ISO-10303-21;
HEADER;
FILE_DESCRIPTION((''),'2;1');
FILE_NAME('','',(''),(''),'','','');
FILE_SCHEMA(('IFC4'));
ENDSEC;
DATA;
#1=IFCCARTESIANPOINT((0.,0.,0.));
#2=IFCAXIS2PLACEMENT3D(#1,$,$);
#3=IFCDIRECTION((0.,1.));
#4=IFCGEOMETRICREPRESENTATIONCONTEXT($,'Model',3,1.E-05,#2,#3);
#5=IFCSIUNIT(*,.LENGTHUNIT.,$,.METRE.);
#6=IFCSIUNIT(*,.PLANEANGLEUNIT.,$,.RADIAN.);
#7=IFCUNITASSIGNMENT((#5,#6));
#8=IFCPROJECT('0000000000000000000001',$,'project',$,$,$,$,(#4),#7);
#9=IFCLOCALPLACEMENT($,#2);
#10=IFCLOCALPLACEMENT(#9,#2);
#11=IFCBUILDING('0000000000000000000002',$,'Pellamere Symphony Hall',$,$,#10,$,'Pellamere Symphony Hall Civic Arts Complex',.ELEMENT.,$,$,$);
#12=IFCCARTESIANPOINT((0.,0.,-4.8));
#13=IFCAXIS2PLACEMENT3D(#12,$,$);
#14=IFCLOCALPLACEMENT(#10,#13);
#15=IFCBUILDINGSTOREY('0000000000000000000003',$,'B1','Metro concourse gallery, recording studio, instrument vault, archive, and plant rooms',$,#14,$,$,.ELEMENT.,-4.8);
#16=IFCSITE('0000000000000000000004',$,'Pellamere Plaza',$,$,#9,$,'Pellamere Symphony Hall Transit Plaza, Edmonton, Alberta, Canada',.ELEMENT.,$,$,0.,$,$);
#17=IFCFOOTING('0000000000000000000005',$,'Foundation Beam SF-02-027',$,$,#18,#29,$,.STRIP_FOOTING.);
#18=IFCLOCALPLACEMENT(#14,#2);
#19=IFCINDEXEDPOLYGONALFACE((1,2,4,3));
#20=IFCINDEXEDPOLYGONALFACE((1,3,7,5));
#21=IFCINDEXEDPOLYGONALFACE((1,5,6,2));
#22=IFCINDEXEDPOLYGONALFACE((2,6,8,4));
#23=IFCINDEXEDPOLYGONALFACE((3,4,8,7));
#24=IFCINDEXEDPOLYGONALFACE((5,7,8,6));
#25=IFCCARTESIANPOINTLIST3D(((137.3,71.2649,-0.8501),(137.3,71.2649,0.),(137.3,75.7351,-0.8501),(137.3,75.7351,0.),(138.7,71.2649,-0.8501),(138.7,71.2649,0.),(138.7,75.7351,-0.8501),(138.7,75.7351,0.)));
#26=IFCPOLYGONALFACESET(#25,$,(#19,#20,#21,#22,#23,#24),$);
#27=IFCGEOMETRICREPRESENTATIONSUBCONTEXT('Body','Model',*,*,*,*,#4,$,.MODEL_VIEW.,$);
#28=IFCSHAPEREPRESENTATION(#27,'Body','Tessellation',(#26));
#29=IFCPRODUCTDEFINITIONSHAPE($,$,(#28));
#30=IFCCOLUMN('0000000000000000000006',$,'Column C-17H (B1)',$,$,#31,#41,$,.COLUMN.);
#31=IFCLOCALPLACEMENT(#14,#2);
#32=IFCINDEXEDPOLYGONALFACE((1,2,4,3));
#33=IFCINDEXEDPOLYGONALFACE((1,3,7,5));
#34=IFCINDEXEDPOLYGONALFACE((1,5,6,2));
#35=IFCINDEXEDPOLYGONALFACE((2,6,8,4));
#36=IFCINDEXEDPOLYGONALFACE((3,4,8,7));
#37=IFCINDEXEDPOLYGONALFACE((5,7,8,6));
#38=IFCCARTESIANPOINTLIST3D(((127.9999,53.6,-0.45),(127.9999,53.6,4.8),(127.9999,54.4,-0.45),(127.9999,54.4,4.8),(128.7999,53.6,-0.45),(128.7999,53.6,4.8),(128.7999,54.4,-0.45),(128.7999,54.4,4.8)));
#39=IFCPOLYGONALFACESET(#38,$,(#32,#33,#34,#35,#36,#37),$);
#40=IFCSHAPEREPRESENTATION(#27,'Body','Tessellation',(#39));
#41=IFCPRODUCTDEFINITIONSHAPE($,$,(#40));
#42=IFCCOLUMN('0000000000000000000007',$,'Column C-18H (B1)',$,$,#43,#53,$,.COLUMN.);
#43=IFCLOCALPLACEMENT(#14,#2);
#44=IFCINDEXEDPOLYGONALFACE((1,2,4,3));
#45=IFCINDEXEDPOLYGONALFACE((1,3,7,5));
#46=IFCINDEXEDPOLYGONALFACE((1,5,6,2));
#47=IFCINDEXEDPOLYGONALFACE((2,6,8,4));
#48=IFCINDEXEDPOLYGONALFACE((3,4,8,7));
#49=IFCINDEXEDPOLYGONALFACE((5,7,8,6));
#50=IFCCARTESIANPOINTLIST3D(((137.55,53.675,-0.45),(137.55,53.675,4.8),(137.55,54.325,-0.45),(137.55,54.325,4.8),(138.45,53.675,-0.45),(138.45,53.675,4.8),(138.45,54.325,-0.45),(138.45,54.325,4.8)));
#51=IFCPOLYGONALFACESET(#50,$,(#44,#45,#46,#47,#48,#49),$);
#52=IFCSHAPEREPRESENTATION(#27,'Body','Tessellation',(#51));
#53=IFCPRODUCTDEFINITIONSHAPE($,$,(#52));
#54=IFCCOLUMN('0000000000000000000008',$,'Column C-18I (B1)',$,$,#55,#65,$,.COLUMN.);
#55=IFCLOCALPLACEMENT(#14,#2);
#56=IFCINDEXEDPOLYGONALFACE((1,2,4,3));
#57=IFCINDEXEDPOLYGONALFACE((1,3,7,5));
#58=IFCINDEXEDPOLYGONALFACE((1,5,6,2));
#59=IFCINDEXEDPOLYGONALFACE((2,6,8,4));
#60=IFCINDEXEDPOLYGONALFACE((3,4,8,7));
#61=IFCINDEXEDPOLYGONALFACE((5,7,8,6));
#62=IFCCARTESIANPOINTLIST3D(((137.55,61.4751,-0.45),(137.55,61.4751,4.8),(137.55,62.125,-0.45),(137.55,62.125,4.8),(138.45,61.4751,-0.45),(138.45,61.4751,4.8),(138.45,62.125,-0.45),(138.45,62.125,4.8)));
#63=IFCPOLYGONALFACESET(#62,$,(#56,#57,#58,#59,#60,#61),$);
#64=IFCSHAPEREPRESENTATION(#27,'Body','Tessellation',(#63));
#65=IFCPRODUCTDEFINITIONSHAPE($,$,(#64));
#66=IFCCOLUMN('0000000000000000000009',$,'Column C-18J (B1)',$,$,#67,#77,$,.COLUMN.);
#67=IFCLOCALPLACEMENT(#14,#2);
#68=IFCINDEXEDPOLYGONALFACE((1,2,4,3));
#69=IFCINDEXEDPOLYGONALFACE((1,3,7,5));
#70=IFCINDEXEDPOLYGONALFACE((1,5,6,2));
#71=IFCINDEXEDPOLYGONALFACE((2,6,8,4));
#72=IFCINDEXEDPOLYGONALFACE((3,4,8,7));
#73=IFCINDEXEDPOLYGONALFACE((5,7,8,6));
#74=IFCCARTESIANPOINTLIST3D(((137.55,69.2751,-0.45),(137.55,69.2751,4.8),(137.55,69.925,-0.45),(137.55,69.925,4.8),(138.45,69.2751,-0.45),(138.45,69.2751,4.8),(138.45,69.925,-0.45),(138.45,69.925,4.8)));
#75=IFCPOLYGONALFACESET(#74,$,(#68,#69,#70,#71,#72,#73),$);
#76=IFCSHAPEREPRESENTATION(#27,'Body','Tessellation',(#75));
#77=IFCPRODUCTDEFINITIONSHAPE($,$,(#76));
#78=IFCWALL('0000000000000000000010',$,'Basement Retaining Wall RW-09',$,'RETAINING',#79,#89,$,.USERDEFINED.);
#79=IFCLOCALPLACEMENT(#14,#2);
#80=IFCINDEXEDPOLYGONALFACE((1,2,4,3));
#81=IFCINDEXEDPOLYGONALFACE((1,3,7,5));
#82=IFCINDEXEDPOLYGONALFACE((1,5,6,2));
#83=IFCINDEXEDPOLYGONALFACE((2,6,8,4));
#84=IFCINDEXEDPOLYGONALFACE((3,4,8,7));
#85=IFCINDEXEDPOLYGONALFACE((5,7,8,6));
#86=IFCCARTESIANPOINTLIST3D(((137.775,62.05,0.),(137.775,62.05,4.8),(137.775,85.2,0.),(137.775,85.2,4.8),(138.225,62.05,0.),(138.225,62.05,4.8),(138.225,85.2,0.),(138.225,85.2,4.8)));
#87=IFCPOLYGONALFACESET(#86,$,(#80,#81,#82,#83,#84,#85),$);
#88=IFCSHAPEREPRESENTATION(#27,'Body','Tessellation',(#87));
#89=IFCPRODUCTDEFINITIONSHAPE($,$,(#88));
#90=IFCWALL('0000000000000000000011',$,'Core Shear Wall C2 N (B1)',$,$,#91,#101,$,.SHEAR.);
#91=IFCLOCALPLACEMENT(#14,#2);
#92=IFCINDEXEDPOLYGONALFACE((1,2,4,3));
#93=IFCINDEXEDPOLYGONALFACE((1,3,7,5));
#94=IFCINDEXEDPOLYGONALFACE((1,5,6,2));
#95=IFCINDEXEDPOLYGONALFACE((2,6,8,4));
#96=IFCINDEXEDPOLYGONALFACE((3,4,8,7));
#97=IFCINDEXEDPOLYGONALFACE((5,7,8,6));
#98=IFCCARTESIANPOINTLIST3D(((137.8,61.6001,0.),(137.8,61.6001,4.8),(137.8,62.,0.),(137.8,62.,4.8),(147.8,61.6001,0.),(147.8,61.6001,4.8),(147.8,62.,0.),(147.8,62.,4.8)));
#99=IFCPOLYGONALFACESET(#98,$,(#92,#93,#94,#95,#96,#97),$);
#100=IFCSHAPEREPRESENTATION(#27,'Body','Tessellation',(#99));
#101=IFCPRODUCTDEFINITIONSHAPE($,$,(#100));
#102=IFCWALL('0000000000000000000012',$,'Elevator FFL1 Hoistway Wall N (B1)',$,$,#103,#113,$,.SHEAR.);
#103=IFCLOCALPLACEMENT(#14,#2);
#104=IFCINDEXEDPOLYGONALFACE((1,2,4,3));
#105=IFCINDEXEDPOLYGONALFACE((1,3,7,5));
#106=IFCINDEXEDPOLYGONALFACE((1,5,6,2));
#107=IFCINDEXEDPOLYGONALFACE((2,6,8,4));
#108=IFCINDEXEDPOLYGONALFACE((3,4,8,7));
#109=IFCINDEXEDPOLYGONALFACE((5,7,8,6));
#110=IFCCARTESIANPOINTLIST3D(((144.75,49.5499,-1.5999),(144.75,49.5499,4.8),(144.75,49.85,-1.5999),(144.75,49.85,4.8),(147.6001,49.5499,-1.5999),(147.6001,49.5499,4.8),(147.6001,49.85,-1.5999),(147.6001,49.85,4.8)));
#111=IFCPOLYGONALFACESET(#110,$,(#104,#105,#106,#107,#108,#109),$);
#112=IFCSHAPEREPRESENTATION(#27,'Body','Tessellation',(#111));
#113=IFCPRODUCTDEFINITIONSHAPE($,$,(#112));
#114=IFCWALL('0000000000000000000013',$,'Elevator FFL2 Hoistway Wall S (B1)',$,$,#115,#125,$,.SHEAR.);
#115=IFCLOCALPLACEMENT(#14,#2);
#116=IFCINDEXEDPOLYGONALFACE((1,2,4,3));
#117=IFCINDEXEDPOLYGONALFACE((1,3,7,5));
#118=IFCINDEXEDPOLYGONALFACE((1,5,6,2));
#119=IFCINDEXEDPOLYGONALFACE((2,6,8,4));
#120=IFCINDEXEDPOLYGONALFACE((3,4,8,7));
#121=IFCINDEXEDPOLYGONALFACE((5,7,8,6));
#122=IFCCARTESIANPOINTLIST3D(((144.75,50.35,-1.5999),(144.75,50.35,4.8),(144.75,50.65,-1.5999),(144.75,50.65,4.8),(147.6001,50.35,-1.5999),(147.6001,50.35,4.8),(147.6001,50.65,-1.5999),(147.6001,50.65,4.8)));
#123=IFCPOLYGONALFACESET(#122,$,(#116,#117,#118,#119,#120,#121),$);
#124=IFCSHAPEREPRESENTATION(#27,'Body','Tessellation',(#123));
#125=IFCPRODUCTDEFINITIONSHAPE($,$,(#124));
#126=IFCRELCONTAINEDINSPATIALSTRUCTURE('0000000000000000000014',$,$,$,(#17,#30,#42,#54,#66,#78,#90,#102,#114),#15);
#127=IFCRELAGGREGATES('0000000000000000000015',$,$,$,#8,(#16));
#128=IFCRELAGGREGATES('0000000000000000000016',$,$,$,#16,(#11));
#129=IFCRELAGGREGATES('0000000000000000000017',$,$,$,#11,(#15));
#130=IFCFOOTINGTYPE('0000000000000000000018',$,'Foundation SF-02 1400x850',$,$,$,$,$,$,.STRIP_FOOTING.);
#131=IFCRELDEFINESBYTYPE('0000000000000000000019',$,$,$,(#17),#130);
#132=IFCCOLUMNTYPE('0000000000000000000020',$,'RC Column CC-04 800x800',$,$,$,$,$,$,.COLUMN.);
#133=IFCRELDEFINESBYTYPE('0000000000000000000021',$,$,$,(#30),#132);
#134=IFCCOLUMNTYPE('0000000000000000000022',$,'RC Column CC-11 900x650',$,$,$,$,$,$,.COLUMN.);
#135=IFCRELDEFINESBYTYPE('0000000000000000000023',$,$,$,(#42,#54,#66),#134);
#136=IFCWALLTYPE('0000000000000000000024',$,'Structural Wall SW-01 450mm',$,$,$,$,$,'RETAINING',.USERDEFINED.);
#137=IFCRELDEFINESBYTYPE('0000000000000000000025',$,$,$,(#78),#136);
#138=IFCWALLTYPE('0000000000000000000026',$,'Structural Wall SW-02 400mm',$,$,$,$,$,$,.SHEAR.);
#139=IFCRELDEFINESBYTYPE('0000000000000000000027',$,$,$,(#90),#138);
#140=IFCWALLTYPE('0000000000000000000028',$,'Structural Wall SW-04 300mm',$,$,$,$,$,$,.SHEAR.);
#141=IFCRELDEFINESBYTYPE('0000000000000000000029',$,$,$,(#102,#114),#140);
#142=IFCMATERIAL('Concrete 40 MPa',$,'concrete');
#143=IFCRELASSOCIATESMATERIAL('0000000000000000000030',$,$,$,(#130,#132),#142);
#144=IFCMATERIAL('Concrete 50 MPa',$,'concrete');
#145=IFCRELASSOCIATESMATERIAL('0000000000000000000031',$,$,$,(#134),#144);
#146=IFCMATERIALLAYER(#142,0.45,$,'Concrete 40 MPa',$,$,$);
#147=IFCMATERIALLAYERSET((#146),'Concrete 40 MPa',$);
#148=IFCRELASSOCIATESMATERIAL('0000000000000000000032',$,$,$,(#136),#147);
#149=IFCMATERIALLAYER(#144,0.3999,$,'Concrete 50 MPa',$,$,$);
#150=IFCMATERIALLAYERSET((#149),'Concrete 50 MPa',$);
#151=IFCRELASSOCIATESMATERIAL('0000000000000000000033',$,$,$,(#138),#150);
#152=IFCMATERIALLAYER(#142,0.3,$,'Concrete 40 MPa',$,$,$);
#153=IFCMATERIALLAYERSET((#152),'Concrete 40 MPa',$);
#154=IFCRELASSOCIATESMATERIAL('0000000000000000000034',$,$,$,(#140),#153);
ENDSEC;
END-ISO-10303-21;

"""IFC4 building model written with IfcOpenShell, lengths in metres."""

from ifc_helpers import new_model, si_unit, direction, frame, frame_2d, origin, origin_2d, place, context, subcontext, project, spatial, rectangle, extrude, material, layer, layer_set, material_profile, profile_set, type_object, element, save


model = new_model("IFC4")

# Units and contexts
model_context = context("Model", 3, precision=1e-05, world=origin(), true_north=direction((0.0, 1.0)))
body_context = subcontext(model_context, "Body", "Model", "MODEL_VIEW")
ifc_project = project(units=[si_unit("LENGTHUNIT", "METRE"), si_unit("PLANEANGLEUNIT", "RADIAN")], contexts=[model_context])

# Site, building, storey
site_placement = place(None, origin())
site = spatial("IfcSite", under=ifc_project, at=site_placement, Name="Pellamere Plaza", LongName="Pellamere Symphony Hall Transit Plaza, Edmonton, Alberta, Canada", CompositionType="ELEMENT", RefElevation=0.0)
building_placement = place(site_placement, origin())
building = spatial("IfcBuilding", under=site, at=building_placement, Name="Pellamere Symphony Hall", LongName="Pellamere Symphony Hall Civic Arts Complex", CompositionType="ELEMENT")
storey_placement = place(building_placement, frame((0.0, 0.0, -4.8)))
storey = spatial("IfcBuildingStorey", under=building, at=storey_placement, Name="B1", Description="Metro concourse gallery, recording studio, instrument vault, archive, and plant rooms", CompositionType="ELEMENT", Elevation=-4.8)

# Shared definitions
ifc_material_1 = material(Name="Concrete 40 MPa", Category="concrete")

# Footing
ifc_material_profile_1 = material_profile(ifc_material_1, rectangle(XDim=1.3999, YDim=0.8501, at=origin_2d()), Name="RC 1400x850")
ifc_profile_set_1 = profile_set([ifc_material_profile_1], Name="Concrete 40 MPa")
footing_type_1 = type_object("IfcFootingType", Name="Foundation SF-02 1400x850", PredefinedType="STRIP_FOOTING", material=ifc_profile_set_1)
footing_1_placement = place(storey_placement, frame((138.0, 71.2649, -0.425), z_axis=(0.0, 1.0, 0.0), x_axis=(-1.0, 0.0, 0.0)))
element("IfcFooting", 1, at=footing_1_placement, inside=storey, type_object=footing_type_1, Name="Foundation Beam SF-02-027", PredefinedType="STRIP_FOOTING", context=body_context, shape_type="SweptSolid", body=[
    extrude(rectangle(XDim=1.3999, YDim=0.8501, at=origin_2d()), origin(), (0.0, 0.0, 1.0), 4.4702),
])

# Columns
ifc_material_profile_2 = material_profile(ifc_material_1, rectangle(XDim=0.8, YDim=0.8, at=origin_2d()), Name="RC 800x800")
ifc_profile_set_2 = profile_set([ifc_material_profile_2], Name="Concrete 40 MPa")
column_type_1 = type_object("IfcColumnType", Name="RC Column CC-04 800x800", PredefinedType="COLUMN", material=ifc_profile_set_2)
column_placement = place(storey_placement, frame((128.3999, 54.0, -0.45), z_axis=(0.0, 0.0, 1.0), x_axis=(1.0, 0.0, 0.0)))
element("IfcColumn", 2, at=column_placement, inside=storey, type_object=column_type_1, Name="Column C-17H (B1)", PredefinedType="COLUMN", context=body_context, shape_type="SweptSolid", body=[
    extrude(rectangle(XDim=0.8, YDim=0.8, at=origin_2d()), origin(), (0.0, 0.0, 1.0), 5.25),
])
ifc_material_2 = material(Name="Concrete 50 MPa", Category="concrete")
ifc_material_profile_3 = material_profile(ifc_material_2, rectangle(XDim=0.8999, YDim=0.6499, at=origin_2d()), Name="RC 900x650")
ifc_profile_set_3 = profile_set([ifc_material_profile_3], Name="Concrete 50 MPa")
column_type_2 = type_object("IfcColumnType", Name="RC Column CC-11 900x650", PredefinedType="COLUMN", material=ifc_profile_set_3)
for number, where, z_axis, x_axis, name in (
    (3, (138.0, 54.0, -0.45), (0.0, 0.0, 1.0), (1.0, 0.0, 0.0), "Column C-18H (B1)"),
    (4, (138.0, 61.8, -0.45), (0.0, 0.0, 1.0), (1.0, 0.0, 0.0), "Column C-18I (B1)"),
    (5, (138.0, 69.6001, -0.45), (0.0, 0.0, 1.0), (1.0, 0.0, 0.0), "Column C-18J (B1)"),
):
    element("IfcColumn", number, at=place(storey_placement, frame(where, z_axis=z_axis, x_axis=x_axis)), inside=storey, type_object=column_type_2, Name=name, PredefinedType="COLUMN", context=body_context, shape_type="SweptSolid", body=[
        extrude(rectangle(XDim=0.8999, YDim=0.6499, at=origin_2d()), origin(), (0.0, 0.0, 1.0), 5.25),
    ])

# Walls
ifc_layer_1 = layer(ifc_material_1, 0.45, Name="Concrete 40 MPa")
ifc_layer_set_1 = layer_set([ifc_layer_1], Name="Concrete 40 MPa")
wall_type_1 = type_object("IfcWallType", Name="Structural Wall SW-01 450mm", ElementType="RETAINING", PredefinedType="USERDEFINED", material=ifc_layer_set_1)
wall_1_placement = place(storey_placement, frame((138.0, 62.05, 0.0), z_axis=(0.0, 0.0, 1.0), x_axis=(0.0, 1.0, 0.0)))
element("IfcWall", 6, at=wall_1_placement, inside=storey, type_object=wall_type_1, Name="Basement Retaining Wall RW-09", ObjectType="RETAINING", PredefinedType="USERDEFINED", context=body_context, shape_type="SweptSolid", body=[
    extrude(rectangle(XDim=23.1499, YDim=0.45, at=frame_2d((11.575, 0.0))), origin(), (0.0, 0.0, 1.0), 4.8),
])
ifc_layer_2 = layer(ifc_material_2, 0.3999, Name="Concrete 50 MPa")
ifc_layer_set_2 = layer_set([ifc_layer_2], Name="Concrete 50 MPa")
wall_type_2 = type_object("IfcWallType", Name="Structural Wall SW-02 400mm", PredefinedType="SHEAR", material=ifc_layer_set_2)
wall_2_placement = place(storey_placement, frame((137.8, 61.8, 0.0), z_axis=(0.0, 0.0, 1.0), x_axis=(1.0, 0.0, 0.0)))
element("IfcWall", 7, at=wall_2_placement, inside=storey, type_object=wall_type_2, Name="Core Shear Wall C2 N (B1)", PredefinedType="SHEAR", context=body_context, shape_type="SweptSolid", body=[
    extrude(rectangle(XDim=10.0, YDim=0.3999, at=frame_2d((5.0, 0.0))), origin(), (0.0, 0.0, 1.0), 4.8),
])
ifc_layer_3 = layer(ifc_material_1, 0.3, Name="Concrete 40 MPa")
ifc_layer_set_3 = layer_set([ifc_layer_3], Name="Concrete 40 MPa")
wall_type_3 = type_object("IfcWallType", Name="Structural Wall SW-04 300mm", PredefinedType="SHEAR", material=ifc_layer_set_3)
for number, where, z_axis, x_axis, name in (
    (8, (144.75, 49.7, -1.5999), (0.0, 0.0, 1.0), (1.0, 0.0, 0.0), "Elevator FFL1 Hoistway Wall N (B1)"),
    (9, (144.75, 50.5, -1.5999), (0.0, 0.0, 1.0), (1.0, 0.0, 0.0), "Elevator FFL2 Hoistway Wall S (B1)"),
):
    element("IfcWall", number, at=place(storey_placement, frame(where, z_axis=z_axis, x_axis=x_axis)), inside=storey, type_object=wall_type_3, Name=name, PredefinedType="SHEAR", context=body_context, shape_type="SweptSolid", body=[
        extrude(rectangle(XDim=2.8501, YDim=0.3, at=frame_2d((1.425, 0.0))), origin(), (0.0, 0.0, 1.0), 6.3999),
    ])

save(model, "model.ifc")
